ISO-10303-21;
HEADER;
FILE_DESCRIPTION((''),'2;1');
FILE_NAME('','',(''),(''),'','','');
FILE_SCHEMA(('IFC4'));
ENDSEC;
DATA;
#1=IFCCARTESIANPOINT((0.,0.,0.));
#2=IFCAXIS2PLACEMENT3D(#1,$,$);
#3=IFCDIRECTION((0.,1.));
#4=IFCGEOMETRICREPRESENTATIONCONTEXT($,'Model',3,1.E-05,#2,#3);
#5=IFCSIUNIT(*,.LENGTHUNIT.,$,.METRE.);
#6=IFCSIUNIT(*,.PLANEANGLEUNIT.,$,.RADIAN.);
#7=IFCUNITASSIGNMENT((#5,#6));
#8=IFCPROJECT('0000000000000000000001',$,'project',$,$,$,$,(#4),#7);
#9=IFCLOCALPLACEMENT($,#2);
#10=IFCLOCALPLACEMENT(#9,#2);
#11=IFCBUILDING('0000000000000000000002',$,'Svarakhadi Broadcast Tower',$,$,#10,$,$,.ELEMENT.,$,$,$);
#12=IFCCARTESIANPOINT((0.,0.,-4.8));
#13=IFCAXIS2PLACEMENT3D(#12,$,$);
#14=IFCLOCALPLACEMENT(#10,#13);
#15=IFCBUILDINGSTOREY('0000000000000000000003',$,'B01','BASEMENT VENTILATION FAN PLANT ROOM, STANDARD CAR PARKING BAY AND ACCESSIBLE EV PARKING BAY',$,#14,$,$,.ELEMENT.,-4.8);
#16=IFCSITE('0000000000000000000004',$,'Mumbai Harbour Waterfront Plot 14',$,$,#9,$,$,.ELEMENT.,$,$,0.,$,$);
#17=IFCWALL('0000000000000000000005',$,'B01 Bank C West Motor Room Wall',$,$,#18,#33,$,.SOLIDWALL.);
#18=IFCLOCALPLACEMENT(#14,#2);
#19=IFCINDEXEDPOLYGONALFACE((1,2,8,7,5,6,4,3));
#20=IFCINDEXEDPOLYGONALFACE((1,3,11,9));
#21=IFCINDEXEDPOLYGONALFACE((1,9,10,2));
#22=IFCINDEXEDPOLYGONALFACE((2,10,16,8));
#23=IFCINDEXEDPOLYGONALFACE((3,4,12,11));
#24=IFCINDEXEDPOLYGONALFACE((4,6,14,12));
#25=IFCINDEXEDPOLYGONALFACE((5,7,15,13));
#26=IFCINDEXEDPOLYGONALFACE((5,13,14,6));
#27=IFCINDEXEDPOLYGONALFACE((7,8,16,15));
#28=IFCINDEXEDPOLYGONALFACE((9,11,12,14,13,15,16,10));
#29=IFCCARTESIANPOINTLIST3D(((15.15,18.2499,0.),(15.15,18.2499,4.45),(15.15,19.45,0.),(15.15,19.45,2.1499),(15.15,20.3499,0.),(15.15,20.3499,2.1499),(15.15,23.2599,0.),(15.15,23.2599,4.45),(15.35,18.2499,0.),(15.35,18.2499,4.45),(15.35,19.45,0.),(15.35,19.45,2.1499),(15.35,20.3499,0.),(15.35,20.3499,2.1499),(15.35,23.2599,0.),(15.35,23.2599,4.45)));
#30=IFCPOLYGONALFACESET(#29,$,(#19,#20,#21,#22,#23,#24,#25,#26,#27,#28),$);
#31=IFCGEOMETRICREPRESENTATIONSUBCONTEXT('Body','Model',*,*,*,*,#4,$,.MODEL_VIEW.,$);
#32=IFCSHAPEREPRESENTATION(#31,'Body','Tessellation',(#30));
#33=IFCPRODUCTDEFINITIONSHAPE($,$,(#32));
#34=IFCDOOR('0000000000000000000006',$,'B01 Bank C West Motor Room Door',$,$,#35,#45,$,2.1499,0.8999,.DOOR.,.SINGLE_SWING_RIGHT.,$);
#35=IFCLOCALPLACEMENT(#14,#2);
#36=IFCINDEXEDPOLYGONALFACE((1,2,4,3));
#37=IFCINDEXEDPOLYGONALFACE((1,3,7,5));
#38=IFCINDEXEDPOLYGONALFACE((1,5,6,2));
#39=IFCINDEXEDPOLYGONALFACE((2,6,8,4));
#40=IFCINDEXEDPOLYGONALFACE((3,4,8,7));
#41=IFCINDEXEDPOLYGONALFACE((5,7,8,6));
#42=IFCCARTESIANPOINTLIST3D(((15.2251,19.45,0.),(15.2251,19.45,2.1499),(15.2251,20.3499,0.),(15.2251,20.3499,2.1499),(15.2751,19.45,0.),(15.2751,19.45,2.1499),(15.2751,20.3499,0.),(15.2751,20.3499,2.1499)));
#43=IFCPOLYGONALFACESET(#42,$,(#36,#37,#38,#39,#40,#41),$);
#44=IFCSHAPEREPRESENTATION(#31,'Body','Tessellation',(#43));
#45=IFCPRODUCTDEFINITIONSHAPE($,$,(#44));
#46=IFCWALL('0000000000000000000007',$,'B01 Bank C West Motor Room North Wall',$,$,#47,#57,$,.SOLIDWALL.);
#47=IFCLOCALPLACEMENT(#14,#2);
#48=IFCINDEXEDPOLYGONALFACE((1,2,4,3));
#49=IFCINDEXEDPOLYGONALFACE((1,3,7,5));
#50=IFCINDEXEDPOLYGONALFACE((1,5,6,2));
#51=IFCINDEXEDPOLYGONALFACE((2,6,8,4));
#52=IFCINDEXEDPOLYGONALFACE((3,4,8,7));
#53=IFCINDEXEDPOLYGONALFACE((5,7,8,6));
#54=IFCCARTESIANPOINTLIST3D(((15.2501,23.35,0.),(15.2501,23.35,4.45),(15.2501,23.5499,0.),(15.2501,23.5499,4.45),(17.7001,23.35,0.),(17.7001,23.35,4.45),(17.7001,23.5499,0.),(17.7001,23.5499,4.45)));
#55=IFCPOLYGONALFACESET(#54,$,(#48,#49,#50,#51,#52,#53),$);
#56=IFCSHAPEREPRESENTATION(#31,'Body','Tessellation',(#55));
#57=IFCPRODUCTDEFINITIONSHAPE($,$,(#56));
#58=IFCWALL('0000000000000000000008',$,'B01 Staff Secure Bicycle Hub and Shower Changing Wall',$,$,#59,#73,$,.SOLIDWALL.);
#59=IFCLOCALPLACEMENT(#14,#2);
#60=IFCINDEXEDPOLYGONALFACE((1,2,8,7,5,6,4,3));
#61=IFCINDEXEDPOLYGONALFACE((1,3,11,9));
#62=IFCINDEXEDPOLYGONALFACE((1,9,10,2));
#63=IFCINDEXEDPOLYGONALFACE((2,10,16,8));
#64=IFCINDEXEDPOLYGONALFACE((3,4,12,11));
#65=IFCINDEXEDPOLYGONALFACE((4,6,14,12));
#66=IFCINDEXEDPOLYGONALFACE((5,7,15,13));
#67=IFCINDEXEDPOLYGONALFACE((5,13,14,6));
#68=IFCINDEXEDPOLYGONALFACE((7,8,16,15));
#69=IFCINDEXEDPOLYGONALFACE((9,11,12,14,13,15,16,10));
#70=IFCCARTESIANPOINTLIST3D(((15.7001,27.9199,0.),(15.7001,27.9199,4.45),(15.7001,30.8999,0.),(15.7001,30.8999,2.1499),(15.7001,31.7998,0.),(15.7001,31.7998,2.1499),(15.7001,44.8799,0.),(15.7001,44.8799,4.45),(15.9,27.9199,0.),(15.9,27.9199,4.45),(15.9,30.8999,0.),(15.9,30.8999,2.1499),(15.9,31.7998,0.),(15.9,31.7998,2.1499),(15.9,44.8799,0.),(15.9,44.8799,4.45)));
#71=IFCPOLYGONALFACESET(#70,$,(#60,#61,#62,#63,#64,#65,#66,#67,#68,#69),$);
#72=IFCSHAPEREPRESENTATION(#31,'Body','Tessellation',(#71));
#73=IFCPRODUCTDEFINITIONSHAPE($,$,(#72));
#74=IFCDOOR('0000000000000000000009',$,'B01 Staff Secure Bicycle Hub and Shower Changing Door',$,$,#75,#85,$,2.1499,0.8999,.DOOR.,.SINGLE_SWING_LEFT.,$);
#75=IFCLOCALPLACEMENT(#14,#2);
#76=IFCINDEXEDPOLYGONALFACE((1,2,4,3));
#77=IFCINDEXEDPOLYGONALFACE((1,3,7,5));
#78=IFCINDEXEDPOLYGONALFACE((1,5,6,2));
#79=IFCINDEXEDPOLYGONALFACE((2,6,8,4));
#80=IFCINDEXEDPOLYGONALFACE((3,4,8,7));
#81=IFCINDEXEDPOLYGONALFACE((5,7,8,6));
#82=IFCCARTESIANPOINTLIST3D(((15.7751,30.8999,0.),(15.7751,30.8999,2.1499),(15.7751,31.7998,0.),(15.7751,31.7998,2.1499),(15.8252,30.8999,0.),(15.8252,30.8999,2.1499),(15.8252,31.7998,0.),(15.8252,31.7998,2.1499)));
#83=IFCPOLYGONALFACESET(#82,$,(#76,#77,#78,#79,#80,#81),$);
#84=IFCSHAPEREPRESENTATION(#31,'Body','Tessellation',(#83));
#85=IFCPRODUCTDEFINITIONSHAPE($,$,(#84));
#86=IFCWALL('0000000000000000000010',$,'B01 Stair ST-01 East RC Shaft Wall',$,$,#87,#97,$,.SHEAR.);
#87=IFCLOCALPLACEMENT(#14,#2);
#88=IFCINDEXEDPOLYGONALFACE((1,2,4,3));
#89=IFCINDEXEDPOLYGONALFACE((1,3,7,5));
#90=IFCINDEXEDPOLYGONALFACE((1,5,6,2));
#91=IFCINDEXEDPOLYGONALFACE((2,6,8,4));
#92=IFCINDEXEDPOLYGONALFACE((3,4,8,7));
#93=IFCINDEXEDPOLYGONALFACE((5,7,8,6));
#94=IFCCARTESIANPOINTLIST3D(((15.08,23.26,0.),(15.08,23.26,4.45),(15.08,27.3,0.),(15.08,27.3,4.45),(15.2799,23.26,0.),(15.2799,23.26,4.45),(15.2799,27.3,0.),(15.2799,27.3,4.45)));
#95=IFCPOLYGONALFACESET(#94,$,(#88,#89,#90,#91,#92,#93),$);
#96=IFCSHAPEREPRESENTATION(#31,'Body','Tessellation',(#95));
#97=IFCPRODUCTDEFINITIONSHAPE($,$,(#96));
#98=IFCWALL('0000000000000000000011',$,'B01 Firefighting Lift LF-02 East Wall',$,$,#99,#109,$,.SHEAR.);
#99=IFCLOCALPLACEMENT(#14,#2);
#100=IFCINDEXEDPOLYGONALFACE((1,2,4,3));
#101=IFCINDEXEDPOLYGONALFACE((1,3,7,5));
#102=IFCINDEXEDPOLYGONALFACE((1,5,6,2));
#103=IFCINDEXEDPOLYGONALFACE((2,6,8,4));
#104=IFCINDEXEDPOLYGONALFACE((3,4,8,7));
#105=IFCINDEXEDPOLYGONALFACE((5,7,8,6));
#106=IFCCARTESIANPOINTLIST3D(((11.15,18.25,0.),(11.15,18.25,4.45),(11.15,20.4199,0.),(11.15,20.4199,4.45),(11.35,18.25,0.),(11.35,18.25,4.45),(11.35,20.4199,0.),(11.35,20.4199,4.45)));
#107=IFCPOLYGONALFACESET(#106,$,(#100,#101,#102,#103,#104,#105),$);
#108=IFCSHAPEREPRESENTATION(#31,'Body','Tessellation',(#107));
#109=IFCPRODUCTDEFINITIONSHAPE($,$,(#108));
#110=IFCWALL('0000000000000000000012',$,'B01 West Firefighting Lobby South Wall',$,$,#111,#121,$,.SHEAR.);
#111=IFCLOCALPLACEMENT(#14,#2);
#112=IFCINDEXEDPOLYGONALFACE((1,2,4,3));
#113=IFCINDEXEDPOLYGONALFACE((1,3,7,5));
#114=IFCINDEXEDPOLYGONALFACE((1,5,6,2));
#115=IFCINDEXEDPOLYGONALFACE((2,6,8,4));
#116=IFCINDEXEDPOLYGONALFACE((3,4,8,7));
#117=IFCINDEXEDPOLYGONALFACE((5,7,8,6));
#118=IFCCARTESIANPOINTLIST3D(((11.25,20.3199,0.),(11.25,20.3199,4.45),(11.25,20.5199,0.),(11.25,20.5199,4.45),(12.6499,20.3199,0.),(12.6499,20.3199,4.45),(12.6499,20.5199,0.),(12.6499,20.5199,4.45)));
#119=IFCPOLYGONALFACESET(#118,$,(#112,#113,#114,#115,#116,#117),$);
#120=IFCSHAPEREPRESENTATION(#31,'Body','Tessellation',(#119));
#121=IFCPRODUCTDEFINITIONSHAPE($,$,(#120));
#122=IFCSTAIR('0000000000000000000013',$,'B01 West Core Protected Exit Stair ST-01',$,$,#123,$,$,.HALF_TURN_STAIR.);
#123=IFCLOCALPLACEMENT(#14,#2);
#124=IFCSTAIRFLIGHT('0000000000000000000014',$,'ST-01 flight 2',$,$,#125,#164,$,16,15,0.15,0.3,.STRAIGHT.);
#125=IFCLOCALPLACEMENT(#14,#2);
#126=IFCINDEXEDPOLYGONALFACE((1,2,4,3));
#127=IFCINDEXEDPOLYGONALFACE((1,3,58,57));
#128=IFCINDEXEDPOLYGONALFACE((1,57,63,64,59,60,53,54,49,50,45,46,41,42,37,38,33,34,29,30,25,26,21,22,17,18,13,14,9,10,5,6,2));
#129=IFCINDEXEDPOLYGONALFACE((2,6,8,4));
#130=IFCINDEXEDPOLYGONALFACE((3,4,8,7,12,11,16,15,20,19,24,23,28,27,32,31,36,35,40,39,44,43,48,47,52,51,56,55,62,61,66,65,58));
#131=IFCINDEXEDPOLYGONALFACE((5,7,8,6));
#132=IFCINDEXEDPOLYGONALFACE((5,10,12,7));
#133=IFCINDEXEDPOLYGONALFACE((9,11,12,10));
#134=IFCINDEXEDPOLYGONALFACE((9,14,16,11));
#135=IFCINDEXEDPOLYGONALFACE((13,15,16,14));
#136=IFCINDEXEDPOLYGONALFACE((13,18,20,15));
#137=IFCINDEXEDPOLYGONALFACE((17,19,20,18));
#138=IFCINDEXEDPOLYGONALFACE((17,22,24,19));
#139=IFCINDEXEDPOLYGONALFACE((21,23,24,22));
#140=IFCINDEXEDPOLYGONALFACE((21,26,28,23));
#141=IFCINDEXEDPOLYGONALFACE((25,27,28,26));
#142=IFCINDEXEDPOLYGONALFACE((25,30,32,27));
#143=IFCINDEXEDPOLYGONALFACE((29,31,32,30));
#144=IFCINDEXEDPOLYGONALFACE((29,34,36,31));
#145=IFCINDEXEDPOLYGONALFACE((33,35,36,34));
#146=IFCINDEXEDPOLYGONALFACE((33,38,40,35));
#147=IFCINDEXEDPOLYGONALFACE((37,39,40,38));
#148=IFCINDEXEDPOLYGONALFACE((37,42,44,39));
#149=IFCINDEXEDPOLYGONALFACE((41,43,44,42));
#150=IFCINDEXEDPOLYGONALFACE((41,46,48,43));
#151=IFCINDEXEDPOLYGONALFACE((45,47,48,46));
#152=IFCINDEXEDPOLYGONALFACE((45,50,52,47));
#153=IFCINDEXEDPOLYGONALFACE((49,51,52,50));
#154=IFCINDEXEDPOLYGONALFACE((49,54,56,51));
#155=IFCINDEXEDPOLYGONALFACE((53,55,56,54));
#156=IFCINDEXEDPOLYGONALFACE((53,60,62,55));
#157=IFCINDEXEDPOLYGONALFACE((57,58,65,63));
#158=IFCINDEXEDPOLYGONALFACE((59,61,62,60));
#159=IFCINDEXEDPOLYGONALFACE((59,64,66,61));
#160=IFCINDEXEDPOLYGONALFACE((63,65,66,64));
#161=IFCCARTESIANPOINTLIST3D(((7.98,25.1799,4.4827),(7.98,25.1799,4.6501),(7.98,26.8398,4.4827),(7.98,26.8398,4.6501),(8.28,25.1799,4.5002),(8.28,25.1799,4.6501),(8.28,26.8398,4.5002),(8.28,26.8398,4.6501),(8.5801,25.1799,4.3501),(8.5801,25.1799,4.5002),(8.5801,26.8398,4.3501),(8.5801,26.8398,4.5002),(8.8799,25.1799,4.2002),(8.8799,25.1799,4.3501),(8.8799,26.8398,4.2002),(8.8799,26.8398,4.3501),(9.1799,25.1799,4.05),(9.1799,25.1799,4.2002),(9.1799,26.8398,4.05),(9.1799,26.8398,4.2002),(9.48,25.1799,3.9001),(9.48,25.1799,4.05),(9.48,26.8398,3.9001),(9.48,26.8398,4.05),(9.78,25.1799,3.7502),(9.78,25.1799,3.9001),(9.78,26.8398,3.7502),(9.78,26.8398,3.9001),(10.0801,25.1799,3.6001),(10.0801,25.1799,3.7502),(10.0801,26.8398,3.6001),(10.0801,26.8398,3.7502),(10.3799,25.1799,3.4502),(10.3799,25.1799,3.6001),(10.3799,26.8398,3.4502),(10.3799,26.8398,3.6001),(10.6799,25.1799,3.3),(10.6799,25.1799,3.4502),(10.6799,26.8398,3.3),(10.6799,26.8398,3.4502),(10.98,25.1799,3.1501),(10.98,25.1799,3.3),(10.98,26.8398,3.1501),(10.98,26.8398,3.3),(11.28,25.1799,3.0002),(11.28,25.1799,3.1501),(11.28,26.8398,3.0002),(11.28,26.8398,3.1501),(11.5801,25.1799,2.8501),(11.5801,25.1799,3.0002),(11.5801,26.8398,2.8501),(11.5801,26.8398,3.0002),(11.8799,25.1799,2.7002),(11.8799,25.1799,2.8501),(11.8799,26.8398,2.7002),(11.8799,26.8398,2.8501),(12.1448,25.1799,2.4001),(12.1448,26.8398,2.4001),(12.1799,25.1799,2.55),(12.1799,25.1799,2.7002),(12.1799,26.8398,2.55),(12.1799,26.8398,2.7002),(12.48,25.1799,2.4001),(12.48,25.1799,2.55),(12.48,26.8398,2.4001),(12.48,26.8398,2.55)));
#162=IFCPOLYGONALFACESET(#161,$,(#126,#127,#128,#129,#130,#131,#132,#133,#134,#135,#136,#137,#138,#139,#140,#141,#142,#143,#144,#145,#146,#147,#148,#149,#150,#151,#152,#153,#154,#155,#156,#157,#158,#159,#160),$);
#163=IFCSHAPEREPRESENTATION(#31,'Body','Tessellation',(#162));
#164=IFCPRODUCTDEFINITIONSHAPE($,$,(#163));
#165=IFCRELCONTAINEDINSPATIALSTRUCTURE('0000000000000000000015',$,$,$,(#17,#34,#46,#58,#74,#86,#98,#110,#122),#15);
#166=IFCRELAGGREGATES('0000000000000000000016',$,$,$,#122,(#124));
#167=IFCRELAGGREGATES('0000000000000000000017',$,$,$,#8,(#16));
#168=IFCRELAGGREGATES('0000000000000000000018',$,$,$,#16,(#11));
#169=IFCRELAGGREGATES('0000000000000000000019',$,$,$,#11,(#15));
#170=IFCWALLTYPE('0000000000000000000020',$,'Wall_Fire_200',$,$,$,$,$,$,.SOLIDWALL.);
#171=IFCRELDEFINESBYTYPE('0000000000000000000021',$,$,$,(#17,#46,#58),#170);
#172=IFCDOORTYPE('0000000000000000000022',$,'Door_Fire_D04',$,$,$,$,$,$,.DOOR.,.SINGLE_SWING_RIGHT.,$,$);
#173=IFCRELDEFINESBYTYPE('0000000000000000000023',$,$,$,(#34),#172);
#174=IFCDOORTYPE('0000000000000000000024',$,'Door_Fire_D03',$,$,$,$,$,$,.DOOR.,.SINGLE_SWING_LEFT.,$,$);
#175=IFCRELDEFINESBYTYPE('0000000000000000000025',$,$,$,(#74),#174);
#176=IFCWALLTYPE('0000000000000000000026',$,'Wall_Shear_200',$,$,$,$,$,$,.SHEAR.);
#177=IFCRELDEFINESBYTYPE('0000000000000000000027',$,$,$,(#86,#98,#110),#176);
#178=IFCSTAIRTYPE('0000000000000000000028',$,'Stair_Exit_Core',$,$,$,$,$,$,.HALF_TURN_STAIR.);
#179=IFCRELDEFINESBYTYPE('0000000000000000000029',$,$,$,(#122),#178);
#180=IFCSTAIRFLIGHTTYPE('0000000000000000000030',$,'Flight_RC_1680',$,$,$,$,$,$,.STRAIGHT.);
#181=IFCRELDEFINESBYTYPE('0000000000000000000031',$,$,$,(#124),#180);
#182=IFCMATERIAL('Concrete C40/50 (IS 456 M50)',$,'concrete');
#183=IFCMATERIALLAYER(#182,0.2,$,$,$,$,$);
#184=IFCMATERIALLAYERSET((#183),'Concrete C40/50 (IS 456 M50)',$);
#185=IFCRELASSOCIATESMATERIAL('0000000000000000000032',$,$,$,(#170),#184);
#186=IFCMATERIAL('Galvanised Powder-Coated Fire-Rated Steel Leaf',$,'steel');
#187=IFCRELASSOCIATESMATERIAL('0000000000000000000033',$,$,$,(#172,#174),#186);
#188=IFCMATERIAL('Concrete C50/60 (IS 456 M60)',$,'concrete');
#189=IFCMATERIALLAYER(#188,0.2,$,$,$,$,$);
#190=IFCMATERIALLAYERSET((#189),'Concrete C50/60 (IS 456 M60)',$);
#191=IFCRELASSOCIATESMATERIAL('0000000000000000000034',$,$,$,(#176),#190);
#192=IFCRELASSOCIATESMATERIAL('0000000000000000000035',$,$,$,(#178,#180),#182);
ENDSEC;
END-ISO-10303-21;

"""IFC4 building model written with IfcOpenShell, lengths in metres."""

from ifc_helpers import new_model, si_unit, direction, frame, frame_2d, origin, place, context, subcontext, project, spatial, polyline, rectangle, outline, extrude, material, layer, layer_set, type_object, element, fill, aggregate, save


model = new_model("IFC4")

# Units and contexts
model_context = context("Model", 3, precision=1e-05, world=origin(), true_north=direction((0.0, 1.0)))
body_context = subcontext(model_context, "Body", "Model", "MODEL_VIEW")
ifc_project = project(units=[si_unit("LENGTHUNIT", "METRE"), si_unit("PLANEANGLEUNIT", "RADIAN")], contexts=[model_context])

# Site, building, storey
site_placement = place(None, origin())
site = spatial("IfcSite", under=ifc_project, at=site_placement, Name="Mumbai Harbour Waterfront Plot 14", CompositionType="ELEMENT", RefElevation=0.0)
building_placement = place(site_placement, origin())
building = spatial("IfcBuilding", under=site, at=building_placement, Name="Svarakhadi Broadcast Tower", CompositionType="ELEMENT")
storey_placement = place(building_placement, frame((0.0, 0.0, -4.8)))
storey = spatial("IfcBuildingStorey", under=building, at=storey_placement, Name="B01", Description="BASEMENT VENTILATION FAN PLANT ROOM, STANDARD CAR PARKING BAY AND ACCESSIBLE EV PARKING BAY", CompositionType="ELEMENT", Elevation=-4.8)

# Shared definitions
ifc_material_1 = material(Name="Concrete C40/50 (IS 456 M50)", Category="concrete")
ifc_layer_1 = layer(ifc_material_1, 0.2)
ifc_layer_set_1 = layer_set([ifc_layer_1], Name="Concrete C40/50 (IS 456 M50)")
wall_type_1 = type_object("IfcWallType", Name="Wall_Fire_200", PredefinedType="SOLIDWALL", material=ifc_layer_set_1)

# Wall, opening, door
wall_1_placement = place(storey_placement, frame((15.25, 18.25, 0.0), z_axis=(0.0, 0.0, 1.0), x_axis=(0.0, 1.0, 0.0)))
wall_1 = element("IfcWall", 1, at=wall_1_placement, inside=storey, type_object=wall_type_1, Name="B01 Bank C West Motor Room Wall", PredefinedType="SOLIDWALL", context=body_context, shape_type="SweptSolid", body=[
    extrude(rectangle(XDim=5.01, YDim=0.2, at=frame_2d((2.5049, 0.0))), origin(), (0.0, 0.0, 1.0), 4.45),
])
opening_1_placement = place(wall_1_placement, frame((1.2, 0.0, 0.0)))
opening_1 = element("IfcOpeningElement", 2, at=opening_1_placement, cuts=wall_1, PredefinedType="OPENING", context=body_context, shape_type="SweptSolid", body=[
    extrude(rectangle(XDim=0.8999, YDim=2.1499, at=frame_2d((0.45, 1.075))), frame((0.0, 0.1099, 0.0), z_axis=(0.0, -1.0, 0.0), x_axis=(1.0, 0.0, 0.0)), (0.0, 0.0, 1.0), 0.22),
])
ifc_material_2 = material(Name="Galvanised Powder-Coated Fire-Rated Steel Leaf", Category="steel")
door_type_1 = type_object("IfcDoorType", Name="Door_Fire_D04", OperationType="SINGLE_SWING_RIGHT", PredefinedType="DOOR", material=ifc_material_2)
door_1_placement = place(opening_1_placement, origin())
door_1 = element("IfcDoor", 3, at=door_1_placement, inside=storey, type_object=door_type_1, Name="B01 Bank C West Motor Room Door", OperationType="SINGLE_SWING_RIGHT", OverallHeight=2.1499, OverallWidth=0.8999, PredefinedType="DOOR", context=body_context, shape_type="SweptSolid", body=[
    extrude(rectangle(XDim=0.8999, YDim=2.1499, at=frame_2d((0.45, 1.075))), frame((0.0, 0.0249, 0.0), z_axis=(0.0, -1.0, 0.0), x_axis=(1.0, 0.0, 0.0)), (0.0, 0.0, 1.0), 0.05),
])
fill(opening_1, door_1)

# Wall
wall_2_placement = place(storey_placement, frame((15.25, 23.45, 0.0), z_axis=(0.0, 0.0, 1.0), x_axis=(1.0, 0.0, 0.0)))
element("IfcWall", 4, at=wall_2_placement, inside=storey, type_object=wall_type_1, Name="B01 Bank C West Motor Room North Wall", PredefinedType="SOLIDWALL", context=body_context, shape_type="SweptSolid", body=[
    extrude(rectangle(XDim=2.45, YDim=0.2, at=frame_2d((1.2251, 0.0))), origin(), (0.0, 0.0, 1.0), 4.45),
])

# Wall, opening, door
wall_3_placement = place(storey_placement, frame((15.8, 27.9199, 0.0), z_axis=(0.0, 0.0, 1.0), x_axis=(0.0, 1.0, 0.0)))
wall_3 = element("IfcWall", 5, at=wall_3_placement, inside=storey, type_object=wall_type_1, Name="B01 Staff Secure Bicycle Hub and Shower Changing Wall", PredefinedType="SOLIDWALL", context=body_context, shape_type="SweptSolid", body=[
    extrude(rectangle(XDim=16.96, YDim=0.2, at=frame_2d((8.48, 0.0))), origin(), (0.0, 0.0, 1.0), 4.45),
])
opening_2_placement = place(wall_3_placement, frame((2.98, 0.0, 0.0)))
opening_2 = element("IfcOpeningElement", 6, at=opening_2_placement, cuts=wall_3, PredefinedType="OPENING", context=body_context, shape_type="SweptSolid", body=[
    extrude(rectangle(XDim=0.8999, YDim=2.1499, at=frame_2d((0.45, 1.075))), frame((0.0, 0.1099, 0.0), z_axis=(0.0, -1.0, 0.0), x_axis=(1.0, 0.0, 0.0)), (0.0, 0.0, 1.0), 0.22),
])
door_type_2 = type_object("IfcDoorType", Name="Door_Fire_D03", OperationType="SINGLE_SWING_LEFT", PredefinedType="DOOR", material=ifc_material_2)
door_2_placement = place(opening_2_placement, origin())
door_2 = element("IfcDoor", 7, at=door_2_placement, inside=storey, type_object=door_type_2, Name="B01 Staff Secure Bicycle Hub and Shower Changing Door", OperationType="SINGLE_SWING_LEFT", OverallHeight=2.1499, OverallWidth=0.8999, PredefinedType="DOOR", context=body_context, shape_type="SweptSolid", body=[
    extrude(rectangle(XDim=0.8999, YDim=2.1499, at=frame_2d((0.45, 1.075))), frame((0.0, 0.0249, 0.0), z_axis=(0.0, -1.0, 0.0), x_axis=(1.0, 0.0, 0.0)), (0.0, 0.0, 1.0), 0.05),
])
fill(opening_2, door_2)

# Walls
ifc_material_3 = material(Name="Concrete C50/60 (IS 456 M60)", Category="concrete")
ifc_layer_2 = layer(ifc_material_3, 0.2)
ifc_layer_set_2 = layer_set([ifc_layer_2], Name="Concrete C50/60 (IS 456 M60)")
wall_type_2 = type_object("IfcWallType", Name="Wall_Shear_200", PredefinedType="SHEAR", material=ifc_layer_set_2)
wall_4_placement = place(storey_placement, frame((15.1799, 23.26, 0.0), z_axis=(0.0, 0.0, 1.0), x_axis=(0.0, 1.0, 0.0)))
element("IfcWall", 8, at=wall_4_placement, inside=storey, type_object=wall_type_2, Name="B01 Stair ST-01 East RC Shaft Wall", PredefinedType="SHEAR", context=body_context, shape_type="SweptSolid", body=[
    extrude(rectangle(XDim=4.04, YDim=0.2, at=frame_2d((2.02, 0.0))), origin(), (0.0, 0.0, 1.0), 4.45),
])
wall_5_placement = place(storey_placement, frame((11.25, 18.25, 0.0), z_axis=(0.0, 0.0, 1.0), x_axis=(0.0, 1.0, 0.0)))
element("IfcWall", 9, at=wall_5_placement, inside=storey, type_object=wall_type_2, Name="B01 Firefighting Lift LF-02 East Wall", PredefinedType="SHEAR", context=body_context, shape_type="SweptSolid", body=[
    extrude(rectangle(XDim=2.1699, YDim=0.2, at=frame_2d((1.085, 0.0))), origin(), (0.0, 0.0, 1.0), 4.45),
])
wall_6_placement = place(storey_placement, frame((11.25, 20.4199, 0.0), z_axis=(0.0, 0.0, 1.0), x_axis=(1.0, 0.0, 0.0)))
element("IfcWall", 10, at=wall_6_placement, inside=storey, type_object=wall_type_2, Name="B01 West Firefighting Lobby South Wall", PredefinedType="SHEAR", context=body_context, shape_type="SweptSolid", body=[
    extrude(rectangle(XDim=1.3999, YDim=0.2, at=frame_2d((0.7, 0.0))), origin(), (0.0, 0.0, 1.0), 4.45),
])

# Stair, stair flight
stair_type = type_object("IfcStairType", Name="Stair_Exit_Core", PredefinedType="HALF_TURN_STAIR", material=ifc_material_1)
stair_placement = place(storey_placement, origin())
stair = element("IfcStair", 11, at=stair_placement, inside=storey, type_object=stair_type, Name="B01 West Core Protected Exit Stair ST-01", PredefinedType="HALF_TURN_STAIR")
stair_flight_type = type_object("IfcStairFlightType", Name="Flight_RC_1680", PredefinedType="STRAIGHT", material=ifc_material_1)
stair_flight_placement = place(storey_placement, frame((12.48, 26.01, 2.4001), z_axis=(0.0, 0.0, 1.0), x_axis=(-1.0, 0.0, 0.0)))
stair_flight = element("IfcStairFlight", 12, at=stair_flight_placement, type_object=stair_flight_type, Name="ST-01 flight 2", NumberOfRisers=16, NumberOfTreads=15, PredefinedType="STRAIGHT", RiserHeight=0.15, TreadLength=0.3, context=body_context, shape_type="SweptSolid", body=[
    extrude(outline(polyline([(0.0, 0.0), (0.0, 0.1499), (0.3, 0.1499), (0.3, 0.3), (0.6001, 0.3), (0.6001, 0.45), (0.8999, 0.45), (0.8999, 0.6001), (1.2, 0.6001), (1.2, 0.75), (1.5, 0.75), (1.5, 0.8999), (1.8, 0.8999), (1.8, 1.05), (2.1001, 1.05), (2.1001, 1.2), (2.3999, 1.2), (2.3999, 1.3501), (2.7, 1.3501), (2.7, 1.5), (3.0, 1.5), (3.0, 1.6499), (3.3, 1.6499), (3.3, 1.8), (3.6001, 1.8), (3.6001, 1.95), (3.8999, 1.95), (3.8999, 2.1001), (4.2, 2.1001), (4.2, 2.25), (4.5, 2.25), (4.5, 2.3999), (4.5, 2.0825), (0.3352, 0.0), (0.0, 0.0)])), frame((0.0, 0.8301, 0.0), z_axis=(0.0, -1.0, 0.0), x_axis=(1.0, 0.0, 0.0)), (0.0, 0.0, 1.0), 1.6599),
])
aggregate(stair, [stair_flight])

save(model, "model.ifc")
